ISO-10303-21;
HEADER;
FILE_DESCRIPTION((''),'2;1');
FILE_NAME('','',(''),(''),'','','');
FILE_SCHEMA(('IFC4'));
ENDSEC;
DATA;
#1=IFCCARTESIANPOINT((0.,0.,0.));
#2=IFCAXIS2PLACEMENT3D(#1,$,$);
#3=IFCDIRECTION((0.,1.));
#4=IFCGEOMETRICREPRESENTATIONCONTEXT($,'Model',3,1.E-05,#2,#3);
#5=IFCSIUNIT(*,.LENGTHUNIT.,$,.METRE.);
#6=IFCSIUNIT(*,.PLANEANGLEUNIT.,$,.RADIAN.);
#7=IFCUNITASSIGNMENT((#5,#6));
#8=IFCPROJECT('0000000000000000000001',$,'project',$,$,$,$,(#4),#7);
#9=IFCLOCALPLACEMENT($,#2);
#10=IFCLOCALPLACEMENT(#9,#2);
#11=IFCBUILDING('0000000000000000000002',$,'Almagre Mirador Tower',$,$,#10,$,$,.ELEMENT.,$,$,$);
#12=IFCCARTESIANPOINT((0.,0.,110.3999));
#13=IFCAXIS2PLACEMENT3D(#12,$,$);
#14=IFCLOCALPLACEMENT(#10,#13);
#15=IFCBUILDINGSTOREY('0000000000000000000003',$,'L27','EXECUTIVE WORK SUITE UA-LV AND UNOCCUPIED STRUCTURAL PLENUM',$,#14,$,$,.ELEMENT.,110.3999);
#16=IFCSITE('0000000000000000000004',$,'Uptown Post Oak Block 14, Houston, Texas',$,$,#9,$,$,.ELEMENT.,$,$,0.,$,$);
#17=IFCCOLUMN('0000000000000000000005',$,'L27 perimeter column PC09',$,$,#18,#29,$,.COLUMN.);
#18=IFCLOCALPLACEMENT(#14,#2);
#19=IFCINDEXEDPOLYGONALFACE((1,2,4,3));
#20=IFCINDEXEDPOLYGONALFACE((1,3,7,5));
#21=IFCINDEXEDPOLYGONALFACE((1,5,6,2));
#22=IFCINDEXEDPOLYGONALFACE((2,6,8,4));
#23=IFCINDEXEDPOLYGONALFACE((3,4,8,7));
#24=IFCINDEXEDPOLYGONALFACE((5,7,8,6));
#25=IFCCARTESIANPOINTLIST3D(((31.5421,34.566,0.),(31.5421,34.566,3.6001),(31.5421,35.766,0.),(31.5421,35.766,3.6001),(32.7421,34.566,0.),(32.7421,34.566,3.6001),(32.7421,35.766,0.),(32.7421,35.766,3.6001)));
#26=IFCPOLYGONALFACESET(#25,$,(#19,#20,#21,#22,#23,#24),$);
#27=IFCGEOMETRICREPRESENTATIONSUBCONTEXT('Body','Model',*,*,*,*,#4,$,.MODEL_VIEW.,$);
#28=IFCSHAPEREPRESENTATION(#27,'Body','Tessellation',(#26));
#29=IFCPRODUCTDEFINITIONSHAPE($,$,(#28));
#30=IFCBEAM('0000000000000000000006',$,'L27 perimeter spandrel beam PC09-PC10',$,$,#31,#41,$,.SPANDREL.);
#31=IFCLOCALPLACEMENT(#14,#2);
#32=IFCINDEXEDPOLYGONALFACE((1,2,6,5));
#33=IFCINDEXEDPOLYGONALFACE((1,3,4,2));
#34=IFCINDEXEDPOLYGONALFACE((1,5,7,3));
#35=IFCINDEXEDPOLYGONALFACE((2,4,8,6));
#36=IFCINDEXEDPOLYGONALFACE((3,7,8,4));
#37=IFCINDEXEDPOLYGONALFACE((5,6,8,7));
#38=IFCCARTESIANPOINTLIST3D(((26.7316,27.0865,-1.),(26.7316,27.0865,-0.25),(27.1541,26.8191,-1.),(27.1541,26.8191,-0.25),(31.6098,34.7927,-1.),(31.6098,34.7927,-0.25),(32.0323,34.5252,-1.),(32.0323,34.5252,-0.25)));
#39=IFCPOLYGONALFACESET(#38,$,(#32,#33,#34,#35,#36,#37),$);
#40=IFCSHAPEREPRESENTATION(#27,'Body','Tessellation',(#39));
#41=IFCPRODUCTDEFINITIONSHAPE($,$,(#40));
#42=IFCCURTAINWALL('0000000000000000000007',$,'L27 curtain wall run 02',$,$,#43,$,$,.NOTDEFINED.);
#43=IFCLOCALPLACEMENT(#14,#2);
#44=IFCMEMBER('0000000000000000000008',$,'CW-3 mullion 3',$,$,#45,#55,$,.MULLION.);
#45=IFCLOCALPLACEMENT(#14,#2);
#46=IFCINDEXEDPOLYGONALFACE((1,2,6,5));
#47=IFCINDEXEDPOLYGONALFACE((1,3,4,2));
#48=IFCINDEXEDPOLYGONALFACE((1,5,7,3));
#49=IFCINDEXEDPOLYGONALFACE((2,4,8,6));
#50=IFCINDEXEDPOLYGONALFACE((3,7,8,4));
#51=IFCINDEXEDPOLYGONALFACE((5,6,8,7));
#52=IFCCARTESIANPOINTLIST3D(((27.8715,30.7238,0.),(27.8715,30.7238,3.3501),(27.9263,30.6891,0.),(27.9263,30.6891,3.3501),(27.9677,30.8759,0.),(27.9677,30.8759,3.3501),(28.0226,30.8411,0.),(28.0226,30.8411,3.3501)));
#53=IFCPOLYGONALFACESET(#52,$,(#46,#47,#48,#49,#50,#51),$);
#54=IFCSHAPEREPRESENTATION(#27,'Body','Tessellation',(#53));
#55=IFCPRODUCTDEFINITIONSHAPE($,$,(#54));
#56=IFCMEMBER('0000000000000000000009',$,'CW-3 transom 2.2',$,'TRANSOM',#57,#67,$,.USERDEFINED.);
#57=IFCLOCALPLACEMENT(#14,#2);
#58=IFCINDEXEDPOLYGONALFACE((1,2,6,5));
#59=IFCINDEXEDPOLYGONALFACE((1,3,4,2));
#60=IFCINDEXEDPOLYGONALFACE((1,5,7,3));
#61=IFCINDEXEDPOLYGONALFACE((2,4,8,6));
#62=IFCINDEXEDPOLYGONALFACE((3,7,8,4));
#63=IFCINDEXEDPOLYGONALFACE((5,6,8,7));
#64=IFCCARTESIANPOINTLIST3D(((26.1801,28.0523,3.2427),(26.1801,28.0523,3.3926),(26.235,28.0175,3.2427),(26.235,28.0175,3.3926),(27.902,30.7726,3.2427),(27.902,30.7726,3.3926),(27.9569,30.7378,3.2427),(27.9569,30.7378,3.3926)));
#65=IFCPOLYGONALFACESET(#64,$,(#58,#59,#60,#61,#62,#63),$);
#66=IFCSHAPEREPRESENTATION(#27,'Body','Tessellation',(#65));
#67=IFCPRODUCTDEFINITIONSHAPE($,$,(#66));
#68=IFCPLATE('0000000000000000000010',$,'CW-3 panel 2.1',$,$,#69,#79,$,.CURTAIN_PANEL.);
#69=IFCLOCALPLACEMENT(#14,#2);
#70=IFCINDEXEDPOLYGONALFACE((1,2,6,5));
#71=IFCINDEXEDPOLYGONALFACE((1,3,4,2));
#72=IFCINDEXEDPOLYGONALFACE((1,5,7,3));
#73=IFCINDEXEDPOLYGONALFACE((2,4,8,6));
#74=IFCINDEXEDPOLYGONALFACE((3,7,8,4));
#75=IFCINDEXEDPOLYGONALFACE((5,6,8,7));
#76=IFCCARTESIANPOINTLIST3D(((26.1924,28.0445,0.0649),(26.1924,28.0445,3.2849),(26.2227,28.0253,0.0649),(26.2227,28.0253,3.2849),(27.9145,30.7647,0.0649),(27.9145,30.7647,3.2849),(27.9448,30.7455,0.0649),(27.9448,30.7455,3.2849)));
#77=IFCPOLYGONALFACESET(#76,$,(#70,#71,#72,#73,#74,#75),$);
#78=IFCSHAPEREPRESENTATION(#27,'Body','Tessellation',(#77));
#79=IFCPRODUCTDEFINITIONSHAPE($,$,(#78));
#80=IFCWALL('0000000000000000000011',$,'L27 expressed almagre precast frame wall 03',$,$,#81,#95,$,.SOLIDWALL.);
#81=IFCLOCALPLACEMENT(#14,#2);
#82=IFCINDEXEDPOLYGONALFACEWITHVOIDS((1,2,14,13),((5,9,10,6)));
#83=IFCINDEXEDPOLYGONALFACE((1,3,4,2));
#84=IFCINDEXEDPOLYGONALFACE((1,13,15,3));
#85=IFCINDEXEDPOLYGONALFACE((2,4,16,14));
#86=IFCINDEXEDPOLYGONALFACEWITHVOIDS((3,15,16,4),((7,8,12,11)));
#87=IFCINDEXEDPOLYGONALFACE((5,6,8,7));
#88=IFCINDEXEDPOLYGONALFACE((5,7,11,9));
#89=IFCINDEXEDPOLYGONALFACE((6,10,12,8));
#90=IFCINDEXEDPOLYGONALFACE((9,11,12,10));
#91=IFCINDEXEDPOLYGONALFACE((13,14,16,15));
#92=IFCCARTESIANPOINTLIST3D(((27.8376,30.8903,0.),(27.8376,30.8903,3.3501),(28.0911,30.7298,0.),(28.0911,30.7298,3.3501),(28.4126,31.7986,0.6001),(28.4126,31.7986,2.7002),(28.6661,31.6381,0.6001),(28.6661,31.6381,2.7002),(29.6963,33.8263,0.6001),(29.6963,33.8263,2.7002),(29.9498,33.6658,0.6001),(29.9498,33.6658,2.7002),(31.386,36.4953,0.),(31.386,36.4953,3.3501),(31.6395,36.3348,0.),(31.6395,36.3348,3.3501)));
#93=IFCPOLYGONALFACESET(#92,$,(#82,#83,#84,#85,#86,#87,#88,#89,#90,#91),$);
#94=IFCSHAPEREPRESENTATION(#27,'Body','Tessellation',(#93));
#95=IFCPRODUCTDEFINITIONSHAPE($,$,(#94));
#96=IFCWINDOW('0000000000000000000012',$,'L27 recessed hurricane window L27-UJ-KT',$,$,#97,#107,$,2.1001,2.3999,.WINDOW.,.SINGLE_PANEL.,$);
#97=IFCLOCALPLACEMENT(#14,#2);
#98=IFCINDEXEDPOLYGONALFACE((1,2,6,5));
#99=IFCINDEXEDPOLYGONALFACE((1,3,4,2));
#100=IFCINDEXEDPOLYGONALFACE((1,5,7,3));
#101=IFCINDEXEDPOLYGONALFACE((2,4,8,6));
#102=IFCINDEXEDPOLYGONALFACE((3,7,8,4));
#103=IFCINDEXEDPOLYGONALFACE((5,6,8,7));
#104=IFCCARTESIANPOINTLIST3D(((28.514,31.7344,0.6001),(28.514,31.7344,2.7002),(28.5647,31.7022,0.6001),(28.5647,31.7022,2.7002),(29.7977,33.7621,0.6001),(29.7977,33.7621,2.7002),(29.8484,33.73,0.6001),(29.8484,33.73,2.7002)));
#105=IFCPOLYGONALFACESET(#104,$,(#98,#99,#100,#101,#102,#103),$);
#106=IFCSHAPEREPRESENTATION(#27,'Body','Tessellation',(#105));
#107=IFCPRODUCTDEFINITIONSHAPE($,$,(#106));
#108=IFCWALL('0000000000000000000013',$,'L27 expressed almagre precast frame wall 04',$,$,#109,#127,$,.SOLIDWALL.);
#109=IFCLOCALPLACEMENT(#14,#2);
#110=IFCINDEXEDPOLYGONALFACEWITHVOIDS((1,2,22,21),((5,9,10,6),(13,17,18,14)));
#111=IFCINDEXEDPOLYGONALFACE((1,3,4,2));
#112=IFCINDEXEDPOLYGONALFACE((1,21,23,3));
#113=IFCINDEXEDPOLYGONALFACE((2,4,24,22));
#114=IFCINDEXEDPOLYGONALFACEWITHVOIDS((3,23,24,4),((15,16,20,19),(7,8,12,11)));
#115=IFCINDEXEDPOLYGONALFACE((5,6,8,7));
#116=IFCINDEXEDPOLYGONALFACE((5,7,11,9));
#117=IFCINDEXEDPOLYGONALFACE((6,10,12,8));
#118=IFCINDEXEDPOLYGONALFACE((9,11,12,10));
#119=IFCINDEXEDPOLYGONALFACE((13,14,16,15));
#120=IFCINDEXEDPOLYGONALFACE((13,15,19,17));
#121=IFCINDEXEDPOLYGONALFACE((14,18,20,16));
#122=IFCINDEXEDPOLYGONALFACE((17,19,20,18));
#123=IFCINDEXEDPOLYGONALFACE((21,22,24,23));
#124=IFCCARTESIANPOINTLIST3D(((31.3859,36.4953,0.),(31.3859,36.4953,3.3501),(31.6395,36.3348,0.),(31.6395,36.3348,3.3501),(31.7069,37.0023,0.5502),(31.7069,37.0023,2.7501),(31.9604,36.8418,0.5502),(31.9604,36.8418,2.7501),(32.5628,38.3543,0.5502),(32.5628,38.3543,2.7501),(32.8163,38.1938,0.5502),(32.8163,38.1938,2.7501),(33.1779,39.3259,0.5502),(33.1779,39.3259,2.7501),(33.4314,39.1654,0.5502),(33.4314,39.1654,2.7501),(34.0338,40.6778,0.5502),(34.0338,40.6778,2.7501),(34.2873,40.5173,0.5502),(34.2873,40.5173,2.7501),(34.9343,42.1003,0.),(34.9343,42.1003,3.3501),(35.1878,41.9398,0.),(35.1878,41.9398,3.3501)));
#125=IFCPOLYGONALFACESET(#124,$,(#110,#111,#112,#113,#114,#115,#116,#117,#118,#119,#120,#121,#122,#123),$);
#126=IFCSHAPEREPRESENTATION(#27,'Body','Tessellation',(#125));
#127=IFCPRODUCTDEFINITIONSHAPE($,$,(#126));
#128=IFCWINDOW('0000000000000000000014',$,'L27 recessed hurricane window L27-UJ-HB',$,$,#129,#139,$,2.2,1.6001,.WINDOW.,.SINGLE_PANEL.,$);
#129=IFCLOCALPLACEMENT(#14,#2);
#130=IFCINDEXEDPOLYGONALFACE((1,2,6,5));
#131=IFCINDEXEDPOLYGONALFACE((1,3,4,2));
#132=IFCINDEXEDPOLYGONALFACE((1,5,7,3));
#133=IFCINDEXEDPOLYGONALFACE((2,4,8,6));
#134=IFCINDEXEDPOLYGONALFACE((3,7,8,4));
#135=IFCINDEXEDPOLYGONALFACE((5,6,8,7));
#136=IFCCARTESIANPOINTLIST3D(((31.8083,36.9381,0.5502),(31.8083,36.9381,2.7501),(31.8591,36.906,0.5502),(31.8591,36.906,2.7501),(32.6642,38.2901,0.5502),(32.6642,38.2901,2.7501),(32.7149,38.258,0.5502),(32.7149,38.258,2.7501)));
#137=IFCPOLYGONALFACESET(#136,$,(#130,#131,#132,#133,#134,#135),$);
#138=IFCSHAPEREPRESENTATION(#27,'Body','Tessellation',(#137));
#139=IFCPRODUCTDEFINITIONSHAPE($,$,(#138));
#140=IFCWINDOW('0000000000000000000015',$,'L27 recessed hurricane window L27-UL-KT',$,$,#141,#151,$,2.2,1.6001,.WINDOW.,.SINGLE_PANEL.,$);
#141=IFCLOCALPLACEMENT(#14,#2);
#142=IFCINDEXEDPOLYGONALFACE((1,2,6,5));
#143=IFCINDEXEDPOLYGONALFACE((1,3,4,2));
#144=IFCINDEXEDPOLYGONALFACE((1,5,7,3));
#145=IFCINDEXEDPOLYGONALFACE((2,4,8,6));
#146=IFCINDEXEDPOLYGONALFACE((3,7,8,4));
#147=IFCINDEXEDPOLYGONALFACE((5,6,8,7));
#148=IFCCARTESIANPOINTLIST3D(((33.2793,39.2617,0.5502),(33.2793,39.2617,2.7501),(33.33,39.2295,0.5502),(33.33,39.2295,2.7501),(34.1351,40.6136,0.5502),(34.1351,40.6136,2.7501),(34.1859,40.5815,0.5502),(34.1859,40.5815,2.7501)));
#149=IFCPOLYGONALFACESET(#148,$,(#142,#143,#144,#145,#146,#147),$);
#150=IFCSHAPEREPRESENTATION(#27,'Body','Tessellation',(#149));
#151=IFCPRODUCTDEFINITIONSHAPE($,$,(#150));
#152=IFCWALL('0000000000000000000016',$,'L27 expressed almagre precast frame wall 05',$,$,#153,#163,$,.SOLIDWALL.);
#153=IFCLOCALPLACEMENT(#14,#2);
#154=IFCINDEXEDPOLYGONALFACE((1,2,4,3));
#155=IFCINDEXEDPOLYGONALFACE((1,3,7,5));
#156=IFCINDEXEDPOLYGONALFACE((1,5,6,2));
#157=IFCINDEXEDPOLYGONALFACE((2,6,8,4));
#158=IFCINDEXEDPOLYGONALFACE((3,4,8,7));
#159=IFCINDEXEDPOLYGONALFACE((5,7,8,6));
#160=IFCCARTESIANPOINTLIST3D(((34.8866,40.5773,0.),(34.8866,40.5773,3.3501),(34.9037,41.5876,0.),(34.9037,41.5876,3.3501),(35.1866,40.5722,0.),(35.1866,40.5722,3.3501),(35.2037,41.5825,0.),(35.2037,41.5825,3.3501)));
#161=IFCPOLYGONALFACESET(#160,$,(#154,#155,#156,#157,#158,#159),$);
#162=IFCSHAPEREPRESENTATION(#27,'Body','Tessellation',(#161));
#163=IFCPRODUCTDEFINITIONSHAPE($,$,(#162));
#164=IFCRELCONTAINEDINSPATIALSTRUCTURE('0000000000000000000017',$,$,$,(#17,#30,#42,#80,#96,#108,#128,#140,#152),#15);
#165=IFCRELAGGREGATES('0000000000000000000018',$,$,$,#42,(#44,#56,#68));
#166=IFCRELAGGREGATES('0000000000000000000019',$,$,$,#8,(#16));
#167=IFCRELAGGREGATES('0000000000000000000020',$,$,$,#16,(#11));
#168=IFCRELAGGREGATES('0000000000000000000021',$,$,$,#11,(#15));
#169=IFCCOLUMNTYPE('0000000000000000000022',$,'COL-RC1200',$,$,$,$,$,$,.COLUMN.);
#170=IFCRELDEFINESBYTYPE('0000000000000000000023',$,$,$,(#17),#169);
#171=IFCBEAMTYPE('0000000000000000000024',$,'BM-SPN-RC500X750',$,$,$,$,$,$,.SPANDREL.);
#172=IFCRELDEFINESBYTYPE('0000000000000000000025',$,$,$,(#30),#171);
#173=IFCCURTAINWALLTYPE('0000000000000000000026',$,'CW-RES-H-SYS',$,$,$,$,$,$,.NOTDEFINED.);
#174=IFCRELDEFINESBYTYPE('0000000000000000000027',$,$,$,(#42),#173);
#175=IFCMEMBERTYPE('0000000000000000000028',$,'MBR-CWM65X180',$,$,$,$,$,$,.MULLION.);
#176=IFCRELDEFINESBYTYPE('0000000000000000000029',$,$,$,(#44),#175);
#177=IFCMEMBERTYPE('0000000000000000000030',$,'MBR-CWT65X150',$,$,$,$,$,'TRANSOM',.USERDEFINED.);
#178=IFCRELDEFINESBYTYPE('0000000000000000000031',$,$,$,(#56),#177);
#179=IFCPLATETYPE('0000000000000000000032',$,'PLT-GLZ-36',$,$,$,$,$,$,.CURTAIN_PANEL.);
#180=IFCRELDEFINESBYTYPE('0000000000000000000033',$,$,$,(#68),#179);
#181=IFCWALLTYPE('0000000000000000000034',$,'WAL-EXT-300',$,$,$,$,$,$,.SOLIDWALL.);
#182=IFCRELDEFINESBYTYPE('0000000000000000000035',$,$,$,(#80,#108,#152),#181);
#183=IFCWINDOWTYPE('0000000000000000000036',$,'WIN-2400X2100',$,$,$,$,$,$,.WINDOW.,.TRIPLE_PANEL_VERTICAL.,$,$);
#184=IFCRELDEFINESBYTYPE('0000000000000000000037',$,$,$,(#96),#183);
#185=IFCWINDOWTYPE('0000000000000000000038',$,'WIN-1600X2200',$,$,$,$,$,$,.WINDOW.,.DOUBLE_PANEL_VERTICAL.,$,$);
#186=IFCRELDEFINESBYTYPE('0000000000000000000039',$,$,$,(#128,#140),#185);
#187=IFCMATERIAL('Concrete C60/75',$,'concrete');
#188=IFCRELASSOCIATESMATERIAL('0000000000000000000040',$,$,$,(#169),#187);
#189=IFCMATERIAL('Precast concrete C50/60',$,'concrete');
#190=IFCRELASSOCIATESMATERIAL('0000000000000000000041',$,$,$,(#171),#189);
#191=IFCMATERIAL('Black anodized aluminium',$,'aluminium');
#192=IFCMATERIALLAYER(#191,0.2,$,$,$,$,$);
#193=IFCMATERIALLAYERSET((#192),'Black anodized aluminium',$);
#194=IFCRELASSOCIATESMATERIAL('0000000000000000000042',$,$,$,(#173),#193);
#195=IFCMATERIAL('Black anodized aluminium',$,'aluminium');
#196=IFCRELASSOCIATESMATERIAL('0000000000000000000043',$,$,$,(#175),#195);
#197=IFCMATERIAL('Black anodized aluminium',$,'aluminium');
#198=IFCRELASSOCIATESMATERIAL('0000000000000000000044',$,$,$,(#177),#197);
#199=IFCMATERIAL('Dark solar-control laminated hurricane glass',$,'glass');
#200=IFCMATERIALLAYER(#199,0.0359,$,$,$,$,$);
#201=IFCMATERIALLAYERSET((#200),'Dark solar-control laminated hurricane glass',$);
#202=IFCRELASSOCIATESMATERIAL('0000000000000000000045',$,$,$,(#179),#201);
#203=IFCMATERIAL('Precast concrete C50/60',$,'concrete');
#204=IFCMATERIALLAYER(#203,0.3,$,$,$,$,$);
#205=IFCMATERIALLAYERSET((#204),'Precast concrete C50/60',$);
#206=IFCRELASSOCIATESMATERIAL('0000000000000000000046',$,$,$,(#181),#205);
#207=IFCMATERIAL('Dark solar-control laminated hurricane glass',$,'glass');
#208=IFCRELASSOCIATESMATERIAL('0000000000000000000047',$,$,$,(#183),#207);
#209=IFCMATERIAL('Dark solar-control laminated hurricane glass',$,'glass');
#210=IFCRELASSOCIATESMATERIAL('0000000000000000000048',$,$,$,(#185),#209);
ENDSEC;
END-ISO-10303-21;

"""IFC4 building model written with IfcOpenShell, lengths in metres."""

from ifc_helpers import new_model, si_unit, direction, frame, frame_2d, origin, origin_2d, place, context, subcontext, project, spatial, rectangle, extrude, material, layer, layer_set, material_profile, profile_set, type_object, element, fill, aggregate, save


model = new_model("IFC4")

# Units and contexts
model_context = context("Model", 3, precision=1e-05, world=origin(), true_north=direction((0.0, 1.0)))
body_context = subcontext(model_context, "Body", "Model", "MODEL_VIEW")
ifc_project = project(units=[si_unit("LENGTHUNIT", "METRE"), si_unit("PLANEANGLEUNIT", "RADIAN")], contexts=[model_context])

# Site, building, storey
site_placement = place(None, origin())
site = spatial("IfcSite", under=ifc_project, at=site_placement, Name="Uptown Post Oak Block 14, Houston, Texas", CompositionType="ELEMENT", RefElevation=0.0)
building_placement = place(site_placement, origin())
building = spatial("IfcBuilding", under=site, at=building_placement, Name="Almagre Mirador Tower", CompositionType="ELEMENT")
storey_placement = place(building_placement, frame((0.0, 0.0, 110.3999)))
storey = spatial("IfcBuildingStorey", under=building, at=storey_placement, Name="L27", Description="EXECUTIVE WORK SUITE UA-LV AND UNOCCUPIED STRUCTURAL PLENUM", CompositionType="ELEMENT", Elevation=110.3999)

# Column
ifc_material_1 = material(Name="Concrete C60/75", Category="concrete")
ifc_material_profile_1 = material_profile(ifc_material_1, rectangle(XDim=1.2, YDim=1.2, at=origin_2d()), Name="RC1200X1200")
ifc_profile_set_1 = profile_set([ifc_material_profile_1], Name="Concrete C60/75")
column_type = type_object("IfcColumnType", Name="COL-RC1200", PredefinedType="COLUMN", material=ifc_profile_set_1)
column_placement = place(storey_placement, frame((32.1421, 35.166, 0.0), z_axis=(0.0, 0.0, 1.0), x_axis=(1.0, 0.0, 0.0)))
element("IfcColumn", 1, at=column_placement, inside=storey, type_object=column_type, Name="L27 perimeter column PC09", PredefinedType="COLUMN", context=body_context, shape_type="SweptSolid", body=[
    extrude(rectangle(XDim=1.2, YDim=1.2, at=origin_2d()), origin(), (0.0, 0.0, 1.0), 3.6001),
])

# Beam
ifc_material_2 = material(Name="Precast concrete C50/60", Category="concrete")
ifc_material_profile_2 = material_profile(ifc_material_2, rectangle(XDim=0.5, YDim=0.75, at=origin_2d()), Name="RC500X750")
ifc_profile_set_2 = profile_set([ifc_material_profile_2], Name="Precast concrete C50/60")
beam_type = type_object("IfcBeamType", Name="BM-SPN-RC500X750", PredefinedType="SPANDREL", material=ifc_profile_set_2)
beam_placement = place(storey_placement, frame((31.821, 34.6589, -0.625), z_axis=(-0.53487, -0.844934, 0.0), x_axis=(0.844934, -0.53487, 0.0)))
element("IfcBeam", 2, at=beam_placement, inside=storey, type_object=beam_type, Name="L27 perimeter spandrel beam PC09-PC10", PredefinedType="SPANDREL", context=body_context, shape_type="SweptSolid", body=[
    extrude(rectangle(XDim=0.5, YDim=0.75, at=origin_2d()), origin(), (0.0, 0.0, 1.0), 9.1204),
])

# Curtain wall, members, plate
ifc_material_3 = material(Name="Black anodized aluminium", Category="aluminium")
ifc_layer_1 = layer(ifc_material_3, 0.2)
ifc_layer_set_1 = layer_set([ifc_layer_1], Name="Black anodized aluminium")
curtain_wall_type = type_object("IfcCurtainWallType", Name="CW-RES-H-SYS", PredefinedType="NOTDEFINED", material=ifc_layer_set_1)
curtain_wall_placement = place(storey_placement, origin())
curtain_wall = element("IfcCurtainWall", 3, at=curtain_wall_placement, inside=storey, type_object=curtain_wall_type, Name="L27 curtain wall run 02", PredefinedType="NOTDEFINED")
ifc_material_4 = material(Name="Black anodized aluminium", Category="aluminium")
ifc_material_profile_3 = material_profile(ifc_material_4, rectangle(XDim=0.0649, YDim=0.1799, at=origin_2d()), Name="CWM65X180")
ifc_profile_set_3 = profile_set([ifc_material_profile_3], Name="Black anodized aluminium")
member_type_1 = type_object("IfcMemberType", Name="MBR-CWM65X180", PredefinedType="MULLION", material=ifc_profile_set_3)
member_1_placement = place(storey_placement, frame((27.947, 30.7825, 0.0), z_axis=(0.0, 0.0, 1.0), x_axis=(-0.844924, 0.534887, 0.0)))
member_1 = element("IfcMember", 4, at=member_1_placement, type_object=member_type_1, Name="CW-3 mullion 3", PredefinedType="MULLION", context=body_context, shape_type="SweptSolid", body=[
    extrude(rectangle(XDim=0.0649, YDim=0.1799, at=origin_2d()), origin(), (0.0, 0.0, 1.0), 3.3501),
])
ifc_material_5 = material(Name="Black anodized aluminium", Category="aluminium")
ifc_material_profile_4 = material_profile(ifc_material_5, rectangle(XDim=0.0649, YDim=0.1499, at=origin_2d()), Name="CWT65X150")
ifc_profile_set_4 = profile_set([ifc_material_profile_4], Name="Black anodized aluminium")
member_type_2 = type_object("IfcMemberType", Name="MBR-CWT65X150", ElementType="TRANSOM", PredefinedType="USERDEFINED", material=ifc_profile_set_4)
member_2_placement = place(storey_placement, frame((26.2075, 28.0349, 3.3176), z_axis=(0.534857, 0.844942, 0.0), x_axis=(-0.844942, 0.534857, 0.0)))
member_2 = element("IfcMember", 5, at=member_2_placement, type_object=member_type_2, Name="CW-3 transom 2.2", ObjectType="TRANSOM", PredefinedType="USERDEFINED", context=body_context, shape_type="SweptSolid", body=[
    extrude(rectangle(XDim=0.0649, YDim=0.1499, at=origin_2d()), origin(), (0.0, 0.0, 1.0), 3.2195),
])
ifc_material_6 = material(Name="Dark solar-control laminated hurricane glass", Category="glass")
ifc_layer_2 = layer(ifc_material_6, 0.0359)
ifc_layer_set_2 = layer_set([ifc_layer_2], Name="Dark solar-control laminated hurricane glass")
plate_type = type_object("IfcPlateType", Name="PLT-GLZ-36", PredefinedType="CURTAIN_PANEL", material=ifc_layer_set_2)
plate_placement = place(storey_placement, frame((27.0686, 29.395, 0.0649), z_axis=(0.0, 0.0, 1.0), x_axis=(0.534887, 0.844924, 0.0)))
plate = element("IfcPlate", 6, at=plate_placement, type_object=plate_type, Name="CW-3 panel 2.1", PredefinedType="CURTAIN_PANEL", context=body_context, shape_type="SweptSolid", body=[
    extrude(rectangle(XDim=3.2195, YDim=0.0359, at=origin_2d()), origin(), (0.0, 0.0, 1.0), 3.22),
])
aggregate(curtain_wall, [member_1, member_2, plate])

# Wall, opening, window
ifc_material_7 = material(Name="Precast concrete C50/60", Category="concrete")
ifc_layer_3 = layer(ifc_material_7, 0.3)
ifc_layer_set_3 = layer_set([ifc_layer_3], Name="Precast concrete C50/60")
wall_type_1 = type_object("IfcWallType", Name="WAL-EXT-300", PredefinedType="SOLIDWALL", material=ifc_layer_set_3)
wall_1_placement = place(storey_placement, frame((27.9644, 30.8101, 0.0), z_axis=(0.0, 0.0, 1.0), x_axis=(0.534893, 0.84492, 0.0)))
wall_1 = element("IfcWall", 7, at=wall_1_placement, inside=storey, type_object=wall_type_1, Name="L27 expressed almagre precast frame wall 03", PredefinedType="SOLIDWALL", context=body_context, shape_type="SweptSolid", body=[
    extrude(rectangle(XDim=6.6338, YDim=0.3, at=frame_2d((3.3169, 0.0))), origin(), (0.0, 0.0, 1.0), 3.3501),
])
opening_1_placement = place(wall_1_placement, frame((1.075, 0.0, 0.6001)))
opening_1 = element("IfcOpeningElement", 8, at=opening_1_placement, cuts=wall_1, PredefinedType="OPENING", context=body_context, shape_type="SweptSolid", body=[
    extrude(rectangle(XDim=2.3999, YDim=2.1001, at=frame_2d((1.2, 1.05))), frame((0.0, 0.1599, 0.0), z_axis=(0.0, -1.0, 0.0), x_axis=(1.0, 0.0, 0.0)), (0.0, 0.0, 1.0), 0.32),
])
ifc_material_8 = material(Name="Dark solar-control laminated hurricane glass", Category="glass")
window_type_1 = type_object("IfcWindowType", Name="WIN-2400X2100", PartitioningType="TRIPLE_PANEL_VERTICAL", PredefinedType="WINDOW", material=ifc_material_8)
window_1_placement = place(opening_1_placement, origin())
window_1 = element("IfcWindow", 9, at=window_1_placement, inside=storey, type_object=window_type_1, Name="L27 recessed hurricane window L27-UJ-KT", OverallHeight=2.1001, OverallWidth=2.3999, PartitioningType="SINGLE_PANEL", PredefinedType="WINDOW", context=body_context, shape_type="SweptSolid", body=[
    extrude(rectangle(XDim=2.3999, YDim=2.1001, at=frame_2d((1.2, 1.05))), frame((0.0, 0.03, 0.0), z_axis=(0.0, -1.0, 0.0), x_axis=(1.0, 0.0, 0.0)), (0.0, 0.0, 1.0), 0.0601),
])
fill(opening_1, window_1)

# Wall, openings, windows
wall_2_placement = place(storey_placement, frame((31.5127, 36.415, 0.0), z_axis=(0.0, 0.0, 1.0), x_axis=(0.534893, 0.84492, 0.0)))
wall_2 = element("IfcWall", 10, at=wall_2_placement, inside=storey, type_object=wall_type_1, Name="L27 expressed almagre precast frame wall 04", PredefinedType="SOLIDWALL", context=body_context, shape_type="SweptSolid", body=[
    extrude(rectangle(XDim=6.6338, YDim=0.3, at=frame_2d((3.3169, 0.0))), origin(), (0.0, 0.0, 1.0), 3.3501),
])
opening_2_placement = place(wall_2_placement, frame((0.6001, 0.0, 0.55)))
opening_2 = element("IfcOpeningElement", 11, at=opening_2_placement, cuts=wall_2, PredefinedType="OPENING", context=body_context, shape_type="SweptSolid", body=[
    extrude(rectangle(XDim=1.6001, YDim=2.2, at=frame_2d((0.8, 1.1001))), frame((0.0, 0.1599, 0.0), z_axis=(0.0, -1.0, 0.0), x_axis=(1.0, 0.0, 0.0)), (0.0, 0.0, 1.0), 0.32),
])
opening_3_placement = place(wall_2_placement, frame((3.3501, 0.0, 0.55)))
opening_3 = element("IfcOpeningElement", 12, at=opening_3_placement, cuts=wall_2, PredefinedType="OPENING", context=body_context, shape_type="SweptSolid", body=[
    extrude(rectangle(XDim=1.6001, YDim=2.2, at=frame_2d((0.8, 1.1001))), frame((0.0, 0.1599, 0.0), z_axis=(0.0, -1.0, 0.0), x_axis=(1.0, 0.0, 0.0)), (0.0, 0.0, 1.0), 0.32),
])
ifc_material_9 = material(Name="Dark solar-control laminated hurricane glass", Category="glass")
window_type_2 = type_object("IfcWindowType", Name="WIN-1600X2200", PartitioningType="DOUBLE_PANEL_VERTICAL", PredefinedType="WINDOW", material=ifc_material_9)
window_2_placement = place(opening_2_placement, origin())
window_2 = element("IfcWindow", 13, at=window_2_placement, inside=storey, type_object=window_type_2, Name="L27 recessed hurricane window L27-UJ-HB", OverallHeight=2.2, OverallWidth=1.6001, PartitioningType="SINGLE_PANEL", PredefinedType="WINDOW", context=body_context, shape_type="SweptSolid", body=[
    extrude(rectangle(XDim=1.6001, YDim=2.2, at=frame_2d((0.8, 1.1001))), frame((0.0, 0.03, 0.0), z_axis=(0.0, -1.0, 0.0), x_axis=(1.0, 0.0, 0.0)), (0.0, 0.0, 1.0), 0.0601),
])
fill(opening_2, window_2)
window_3_placement = place(opening_3_placement, origin())
window_3 = element("IfcWindow", 14, at=window_3_placement, inside=storey, type_object=window_type_2, Name="L27 recessed hurricane window L27-UL-KT", OverallHeight=2.2, OverallWidth=1.6001, PartitioningType="SINGLE_PANEL", PredefinedType="WINDOW", context=body_context, shape_type="SweptSolid", body=[
    extrude(rectangle(XDim=1.6001, YDim=2.2, at=frame_2d((0.8, 1.1001))), frame((0.0, 0.03, 0.0), z_axis=(0.0, -1.0, 0.0), x_axis=(1.0, 0.0, 0.0)), (0.0, 0.0, 1.0), 0.0601),
])
fill(opening_3, window_3)

# Wall
wall_3_placement = place(storey_placement, frame((35.0537, 41.5852, 0.0), z_axis=(0.0, 0.0, 1.0), x_axis=(-0.016914, -0.999857, 0.0)))
element("IfcWall", 15, at=wall_3_placement, inside=storey, type_object=wall_type_1, Name="L27 expressed almagre precast frame wall 05", PredefinedType="SOLIDWALL", context=body_context, shape_type="SweptSolid", body=[
    extrude(rectangle(XDim=1.0105, YDim=0.3, at=frame_2d((0.5054, 0.0))), origin(), (0.0, 0.0, 1.0), 3.3501),
])

save(model, "model.ifc")
